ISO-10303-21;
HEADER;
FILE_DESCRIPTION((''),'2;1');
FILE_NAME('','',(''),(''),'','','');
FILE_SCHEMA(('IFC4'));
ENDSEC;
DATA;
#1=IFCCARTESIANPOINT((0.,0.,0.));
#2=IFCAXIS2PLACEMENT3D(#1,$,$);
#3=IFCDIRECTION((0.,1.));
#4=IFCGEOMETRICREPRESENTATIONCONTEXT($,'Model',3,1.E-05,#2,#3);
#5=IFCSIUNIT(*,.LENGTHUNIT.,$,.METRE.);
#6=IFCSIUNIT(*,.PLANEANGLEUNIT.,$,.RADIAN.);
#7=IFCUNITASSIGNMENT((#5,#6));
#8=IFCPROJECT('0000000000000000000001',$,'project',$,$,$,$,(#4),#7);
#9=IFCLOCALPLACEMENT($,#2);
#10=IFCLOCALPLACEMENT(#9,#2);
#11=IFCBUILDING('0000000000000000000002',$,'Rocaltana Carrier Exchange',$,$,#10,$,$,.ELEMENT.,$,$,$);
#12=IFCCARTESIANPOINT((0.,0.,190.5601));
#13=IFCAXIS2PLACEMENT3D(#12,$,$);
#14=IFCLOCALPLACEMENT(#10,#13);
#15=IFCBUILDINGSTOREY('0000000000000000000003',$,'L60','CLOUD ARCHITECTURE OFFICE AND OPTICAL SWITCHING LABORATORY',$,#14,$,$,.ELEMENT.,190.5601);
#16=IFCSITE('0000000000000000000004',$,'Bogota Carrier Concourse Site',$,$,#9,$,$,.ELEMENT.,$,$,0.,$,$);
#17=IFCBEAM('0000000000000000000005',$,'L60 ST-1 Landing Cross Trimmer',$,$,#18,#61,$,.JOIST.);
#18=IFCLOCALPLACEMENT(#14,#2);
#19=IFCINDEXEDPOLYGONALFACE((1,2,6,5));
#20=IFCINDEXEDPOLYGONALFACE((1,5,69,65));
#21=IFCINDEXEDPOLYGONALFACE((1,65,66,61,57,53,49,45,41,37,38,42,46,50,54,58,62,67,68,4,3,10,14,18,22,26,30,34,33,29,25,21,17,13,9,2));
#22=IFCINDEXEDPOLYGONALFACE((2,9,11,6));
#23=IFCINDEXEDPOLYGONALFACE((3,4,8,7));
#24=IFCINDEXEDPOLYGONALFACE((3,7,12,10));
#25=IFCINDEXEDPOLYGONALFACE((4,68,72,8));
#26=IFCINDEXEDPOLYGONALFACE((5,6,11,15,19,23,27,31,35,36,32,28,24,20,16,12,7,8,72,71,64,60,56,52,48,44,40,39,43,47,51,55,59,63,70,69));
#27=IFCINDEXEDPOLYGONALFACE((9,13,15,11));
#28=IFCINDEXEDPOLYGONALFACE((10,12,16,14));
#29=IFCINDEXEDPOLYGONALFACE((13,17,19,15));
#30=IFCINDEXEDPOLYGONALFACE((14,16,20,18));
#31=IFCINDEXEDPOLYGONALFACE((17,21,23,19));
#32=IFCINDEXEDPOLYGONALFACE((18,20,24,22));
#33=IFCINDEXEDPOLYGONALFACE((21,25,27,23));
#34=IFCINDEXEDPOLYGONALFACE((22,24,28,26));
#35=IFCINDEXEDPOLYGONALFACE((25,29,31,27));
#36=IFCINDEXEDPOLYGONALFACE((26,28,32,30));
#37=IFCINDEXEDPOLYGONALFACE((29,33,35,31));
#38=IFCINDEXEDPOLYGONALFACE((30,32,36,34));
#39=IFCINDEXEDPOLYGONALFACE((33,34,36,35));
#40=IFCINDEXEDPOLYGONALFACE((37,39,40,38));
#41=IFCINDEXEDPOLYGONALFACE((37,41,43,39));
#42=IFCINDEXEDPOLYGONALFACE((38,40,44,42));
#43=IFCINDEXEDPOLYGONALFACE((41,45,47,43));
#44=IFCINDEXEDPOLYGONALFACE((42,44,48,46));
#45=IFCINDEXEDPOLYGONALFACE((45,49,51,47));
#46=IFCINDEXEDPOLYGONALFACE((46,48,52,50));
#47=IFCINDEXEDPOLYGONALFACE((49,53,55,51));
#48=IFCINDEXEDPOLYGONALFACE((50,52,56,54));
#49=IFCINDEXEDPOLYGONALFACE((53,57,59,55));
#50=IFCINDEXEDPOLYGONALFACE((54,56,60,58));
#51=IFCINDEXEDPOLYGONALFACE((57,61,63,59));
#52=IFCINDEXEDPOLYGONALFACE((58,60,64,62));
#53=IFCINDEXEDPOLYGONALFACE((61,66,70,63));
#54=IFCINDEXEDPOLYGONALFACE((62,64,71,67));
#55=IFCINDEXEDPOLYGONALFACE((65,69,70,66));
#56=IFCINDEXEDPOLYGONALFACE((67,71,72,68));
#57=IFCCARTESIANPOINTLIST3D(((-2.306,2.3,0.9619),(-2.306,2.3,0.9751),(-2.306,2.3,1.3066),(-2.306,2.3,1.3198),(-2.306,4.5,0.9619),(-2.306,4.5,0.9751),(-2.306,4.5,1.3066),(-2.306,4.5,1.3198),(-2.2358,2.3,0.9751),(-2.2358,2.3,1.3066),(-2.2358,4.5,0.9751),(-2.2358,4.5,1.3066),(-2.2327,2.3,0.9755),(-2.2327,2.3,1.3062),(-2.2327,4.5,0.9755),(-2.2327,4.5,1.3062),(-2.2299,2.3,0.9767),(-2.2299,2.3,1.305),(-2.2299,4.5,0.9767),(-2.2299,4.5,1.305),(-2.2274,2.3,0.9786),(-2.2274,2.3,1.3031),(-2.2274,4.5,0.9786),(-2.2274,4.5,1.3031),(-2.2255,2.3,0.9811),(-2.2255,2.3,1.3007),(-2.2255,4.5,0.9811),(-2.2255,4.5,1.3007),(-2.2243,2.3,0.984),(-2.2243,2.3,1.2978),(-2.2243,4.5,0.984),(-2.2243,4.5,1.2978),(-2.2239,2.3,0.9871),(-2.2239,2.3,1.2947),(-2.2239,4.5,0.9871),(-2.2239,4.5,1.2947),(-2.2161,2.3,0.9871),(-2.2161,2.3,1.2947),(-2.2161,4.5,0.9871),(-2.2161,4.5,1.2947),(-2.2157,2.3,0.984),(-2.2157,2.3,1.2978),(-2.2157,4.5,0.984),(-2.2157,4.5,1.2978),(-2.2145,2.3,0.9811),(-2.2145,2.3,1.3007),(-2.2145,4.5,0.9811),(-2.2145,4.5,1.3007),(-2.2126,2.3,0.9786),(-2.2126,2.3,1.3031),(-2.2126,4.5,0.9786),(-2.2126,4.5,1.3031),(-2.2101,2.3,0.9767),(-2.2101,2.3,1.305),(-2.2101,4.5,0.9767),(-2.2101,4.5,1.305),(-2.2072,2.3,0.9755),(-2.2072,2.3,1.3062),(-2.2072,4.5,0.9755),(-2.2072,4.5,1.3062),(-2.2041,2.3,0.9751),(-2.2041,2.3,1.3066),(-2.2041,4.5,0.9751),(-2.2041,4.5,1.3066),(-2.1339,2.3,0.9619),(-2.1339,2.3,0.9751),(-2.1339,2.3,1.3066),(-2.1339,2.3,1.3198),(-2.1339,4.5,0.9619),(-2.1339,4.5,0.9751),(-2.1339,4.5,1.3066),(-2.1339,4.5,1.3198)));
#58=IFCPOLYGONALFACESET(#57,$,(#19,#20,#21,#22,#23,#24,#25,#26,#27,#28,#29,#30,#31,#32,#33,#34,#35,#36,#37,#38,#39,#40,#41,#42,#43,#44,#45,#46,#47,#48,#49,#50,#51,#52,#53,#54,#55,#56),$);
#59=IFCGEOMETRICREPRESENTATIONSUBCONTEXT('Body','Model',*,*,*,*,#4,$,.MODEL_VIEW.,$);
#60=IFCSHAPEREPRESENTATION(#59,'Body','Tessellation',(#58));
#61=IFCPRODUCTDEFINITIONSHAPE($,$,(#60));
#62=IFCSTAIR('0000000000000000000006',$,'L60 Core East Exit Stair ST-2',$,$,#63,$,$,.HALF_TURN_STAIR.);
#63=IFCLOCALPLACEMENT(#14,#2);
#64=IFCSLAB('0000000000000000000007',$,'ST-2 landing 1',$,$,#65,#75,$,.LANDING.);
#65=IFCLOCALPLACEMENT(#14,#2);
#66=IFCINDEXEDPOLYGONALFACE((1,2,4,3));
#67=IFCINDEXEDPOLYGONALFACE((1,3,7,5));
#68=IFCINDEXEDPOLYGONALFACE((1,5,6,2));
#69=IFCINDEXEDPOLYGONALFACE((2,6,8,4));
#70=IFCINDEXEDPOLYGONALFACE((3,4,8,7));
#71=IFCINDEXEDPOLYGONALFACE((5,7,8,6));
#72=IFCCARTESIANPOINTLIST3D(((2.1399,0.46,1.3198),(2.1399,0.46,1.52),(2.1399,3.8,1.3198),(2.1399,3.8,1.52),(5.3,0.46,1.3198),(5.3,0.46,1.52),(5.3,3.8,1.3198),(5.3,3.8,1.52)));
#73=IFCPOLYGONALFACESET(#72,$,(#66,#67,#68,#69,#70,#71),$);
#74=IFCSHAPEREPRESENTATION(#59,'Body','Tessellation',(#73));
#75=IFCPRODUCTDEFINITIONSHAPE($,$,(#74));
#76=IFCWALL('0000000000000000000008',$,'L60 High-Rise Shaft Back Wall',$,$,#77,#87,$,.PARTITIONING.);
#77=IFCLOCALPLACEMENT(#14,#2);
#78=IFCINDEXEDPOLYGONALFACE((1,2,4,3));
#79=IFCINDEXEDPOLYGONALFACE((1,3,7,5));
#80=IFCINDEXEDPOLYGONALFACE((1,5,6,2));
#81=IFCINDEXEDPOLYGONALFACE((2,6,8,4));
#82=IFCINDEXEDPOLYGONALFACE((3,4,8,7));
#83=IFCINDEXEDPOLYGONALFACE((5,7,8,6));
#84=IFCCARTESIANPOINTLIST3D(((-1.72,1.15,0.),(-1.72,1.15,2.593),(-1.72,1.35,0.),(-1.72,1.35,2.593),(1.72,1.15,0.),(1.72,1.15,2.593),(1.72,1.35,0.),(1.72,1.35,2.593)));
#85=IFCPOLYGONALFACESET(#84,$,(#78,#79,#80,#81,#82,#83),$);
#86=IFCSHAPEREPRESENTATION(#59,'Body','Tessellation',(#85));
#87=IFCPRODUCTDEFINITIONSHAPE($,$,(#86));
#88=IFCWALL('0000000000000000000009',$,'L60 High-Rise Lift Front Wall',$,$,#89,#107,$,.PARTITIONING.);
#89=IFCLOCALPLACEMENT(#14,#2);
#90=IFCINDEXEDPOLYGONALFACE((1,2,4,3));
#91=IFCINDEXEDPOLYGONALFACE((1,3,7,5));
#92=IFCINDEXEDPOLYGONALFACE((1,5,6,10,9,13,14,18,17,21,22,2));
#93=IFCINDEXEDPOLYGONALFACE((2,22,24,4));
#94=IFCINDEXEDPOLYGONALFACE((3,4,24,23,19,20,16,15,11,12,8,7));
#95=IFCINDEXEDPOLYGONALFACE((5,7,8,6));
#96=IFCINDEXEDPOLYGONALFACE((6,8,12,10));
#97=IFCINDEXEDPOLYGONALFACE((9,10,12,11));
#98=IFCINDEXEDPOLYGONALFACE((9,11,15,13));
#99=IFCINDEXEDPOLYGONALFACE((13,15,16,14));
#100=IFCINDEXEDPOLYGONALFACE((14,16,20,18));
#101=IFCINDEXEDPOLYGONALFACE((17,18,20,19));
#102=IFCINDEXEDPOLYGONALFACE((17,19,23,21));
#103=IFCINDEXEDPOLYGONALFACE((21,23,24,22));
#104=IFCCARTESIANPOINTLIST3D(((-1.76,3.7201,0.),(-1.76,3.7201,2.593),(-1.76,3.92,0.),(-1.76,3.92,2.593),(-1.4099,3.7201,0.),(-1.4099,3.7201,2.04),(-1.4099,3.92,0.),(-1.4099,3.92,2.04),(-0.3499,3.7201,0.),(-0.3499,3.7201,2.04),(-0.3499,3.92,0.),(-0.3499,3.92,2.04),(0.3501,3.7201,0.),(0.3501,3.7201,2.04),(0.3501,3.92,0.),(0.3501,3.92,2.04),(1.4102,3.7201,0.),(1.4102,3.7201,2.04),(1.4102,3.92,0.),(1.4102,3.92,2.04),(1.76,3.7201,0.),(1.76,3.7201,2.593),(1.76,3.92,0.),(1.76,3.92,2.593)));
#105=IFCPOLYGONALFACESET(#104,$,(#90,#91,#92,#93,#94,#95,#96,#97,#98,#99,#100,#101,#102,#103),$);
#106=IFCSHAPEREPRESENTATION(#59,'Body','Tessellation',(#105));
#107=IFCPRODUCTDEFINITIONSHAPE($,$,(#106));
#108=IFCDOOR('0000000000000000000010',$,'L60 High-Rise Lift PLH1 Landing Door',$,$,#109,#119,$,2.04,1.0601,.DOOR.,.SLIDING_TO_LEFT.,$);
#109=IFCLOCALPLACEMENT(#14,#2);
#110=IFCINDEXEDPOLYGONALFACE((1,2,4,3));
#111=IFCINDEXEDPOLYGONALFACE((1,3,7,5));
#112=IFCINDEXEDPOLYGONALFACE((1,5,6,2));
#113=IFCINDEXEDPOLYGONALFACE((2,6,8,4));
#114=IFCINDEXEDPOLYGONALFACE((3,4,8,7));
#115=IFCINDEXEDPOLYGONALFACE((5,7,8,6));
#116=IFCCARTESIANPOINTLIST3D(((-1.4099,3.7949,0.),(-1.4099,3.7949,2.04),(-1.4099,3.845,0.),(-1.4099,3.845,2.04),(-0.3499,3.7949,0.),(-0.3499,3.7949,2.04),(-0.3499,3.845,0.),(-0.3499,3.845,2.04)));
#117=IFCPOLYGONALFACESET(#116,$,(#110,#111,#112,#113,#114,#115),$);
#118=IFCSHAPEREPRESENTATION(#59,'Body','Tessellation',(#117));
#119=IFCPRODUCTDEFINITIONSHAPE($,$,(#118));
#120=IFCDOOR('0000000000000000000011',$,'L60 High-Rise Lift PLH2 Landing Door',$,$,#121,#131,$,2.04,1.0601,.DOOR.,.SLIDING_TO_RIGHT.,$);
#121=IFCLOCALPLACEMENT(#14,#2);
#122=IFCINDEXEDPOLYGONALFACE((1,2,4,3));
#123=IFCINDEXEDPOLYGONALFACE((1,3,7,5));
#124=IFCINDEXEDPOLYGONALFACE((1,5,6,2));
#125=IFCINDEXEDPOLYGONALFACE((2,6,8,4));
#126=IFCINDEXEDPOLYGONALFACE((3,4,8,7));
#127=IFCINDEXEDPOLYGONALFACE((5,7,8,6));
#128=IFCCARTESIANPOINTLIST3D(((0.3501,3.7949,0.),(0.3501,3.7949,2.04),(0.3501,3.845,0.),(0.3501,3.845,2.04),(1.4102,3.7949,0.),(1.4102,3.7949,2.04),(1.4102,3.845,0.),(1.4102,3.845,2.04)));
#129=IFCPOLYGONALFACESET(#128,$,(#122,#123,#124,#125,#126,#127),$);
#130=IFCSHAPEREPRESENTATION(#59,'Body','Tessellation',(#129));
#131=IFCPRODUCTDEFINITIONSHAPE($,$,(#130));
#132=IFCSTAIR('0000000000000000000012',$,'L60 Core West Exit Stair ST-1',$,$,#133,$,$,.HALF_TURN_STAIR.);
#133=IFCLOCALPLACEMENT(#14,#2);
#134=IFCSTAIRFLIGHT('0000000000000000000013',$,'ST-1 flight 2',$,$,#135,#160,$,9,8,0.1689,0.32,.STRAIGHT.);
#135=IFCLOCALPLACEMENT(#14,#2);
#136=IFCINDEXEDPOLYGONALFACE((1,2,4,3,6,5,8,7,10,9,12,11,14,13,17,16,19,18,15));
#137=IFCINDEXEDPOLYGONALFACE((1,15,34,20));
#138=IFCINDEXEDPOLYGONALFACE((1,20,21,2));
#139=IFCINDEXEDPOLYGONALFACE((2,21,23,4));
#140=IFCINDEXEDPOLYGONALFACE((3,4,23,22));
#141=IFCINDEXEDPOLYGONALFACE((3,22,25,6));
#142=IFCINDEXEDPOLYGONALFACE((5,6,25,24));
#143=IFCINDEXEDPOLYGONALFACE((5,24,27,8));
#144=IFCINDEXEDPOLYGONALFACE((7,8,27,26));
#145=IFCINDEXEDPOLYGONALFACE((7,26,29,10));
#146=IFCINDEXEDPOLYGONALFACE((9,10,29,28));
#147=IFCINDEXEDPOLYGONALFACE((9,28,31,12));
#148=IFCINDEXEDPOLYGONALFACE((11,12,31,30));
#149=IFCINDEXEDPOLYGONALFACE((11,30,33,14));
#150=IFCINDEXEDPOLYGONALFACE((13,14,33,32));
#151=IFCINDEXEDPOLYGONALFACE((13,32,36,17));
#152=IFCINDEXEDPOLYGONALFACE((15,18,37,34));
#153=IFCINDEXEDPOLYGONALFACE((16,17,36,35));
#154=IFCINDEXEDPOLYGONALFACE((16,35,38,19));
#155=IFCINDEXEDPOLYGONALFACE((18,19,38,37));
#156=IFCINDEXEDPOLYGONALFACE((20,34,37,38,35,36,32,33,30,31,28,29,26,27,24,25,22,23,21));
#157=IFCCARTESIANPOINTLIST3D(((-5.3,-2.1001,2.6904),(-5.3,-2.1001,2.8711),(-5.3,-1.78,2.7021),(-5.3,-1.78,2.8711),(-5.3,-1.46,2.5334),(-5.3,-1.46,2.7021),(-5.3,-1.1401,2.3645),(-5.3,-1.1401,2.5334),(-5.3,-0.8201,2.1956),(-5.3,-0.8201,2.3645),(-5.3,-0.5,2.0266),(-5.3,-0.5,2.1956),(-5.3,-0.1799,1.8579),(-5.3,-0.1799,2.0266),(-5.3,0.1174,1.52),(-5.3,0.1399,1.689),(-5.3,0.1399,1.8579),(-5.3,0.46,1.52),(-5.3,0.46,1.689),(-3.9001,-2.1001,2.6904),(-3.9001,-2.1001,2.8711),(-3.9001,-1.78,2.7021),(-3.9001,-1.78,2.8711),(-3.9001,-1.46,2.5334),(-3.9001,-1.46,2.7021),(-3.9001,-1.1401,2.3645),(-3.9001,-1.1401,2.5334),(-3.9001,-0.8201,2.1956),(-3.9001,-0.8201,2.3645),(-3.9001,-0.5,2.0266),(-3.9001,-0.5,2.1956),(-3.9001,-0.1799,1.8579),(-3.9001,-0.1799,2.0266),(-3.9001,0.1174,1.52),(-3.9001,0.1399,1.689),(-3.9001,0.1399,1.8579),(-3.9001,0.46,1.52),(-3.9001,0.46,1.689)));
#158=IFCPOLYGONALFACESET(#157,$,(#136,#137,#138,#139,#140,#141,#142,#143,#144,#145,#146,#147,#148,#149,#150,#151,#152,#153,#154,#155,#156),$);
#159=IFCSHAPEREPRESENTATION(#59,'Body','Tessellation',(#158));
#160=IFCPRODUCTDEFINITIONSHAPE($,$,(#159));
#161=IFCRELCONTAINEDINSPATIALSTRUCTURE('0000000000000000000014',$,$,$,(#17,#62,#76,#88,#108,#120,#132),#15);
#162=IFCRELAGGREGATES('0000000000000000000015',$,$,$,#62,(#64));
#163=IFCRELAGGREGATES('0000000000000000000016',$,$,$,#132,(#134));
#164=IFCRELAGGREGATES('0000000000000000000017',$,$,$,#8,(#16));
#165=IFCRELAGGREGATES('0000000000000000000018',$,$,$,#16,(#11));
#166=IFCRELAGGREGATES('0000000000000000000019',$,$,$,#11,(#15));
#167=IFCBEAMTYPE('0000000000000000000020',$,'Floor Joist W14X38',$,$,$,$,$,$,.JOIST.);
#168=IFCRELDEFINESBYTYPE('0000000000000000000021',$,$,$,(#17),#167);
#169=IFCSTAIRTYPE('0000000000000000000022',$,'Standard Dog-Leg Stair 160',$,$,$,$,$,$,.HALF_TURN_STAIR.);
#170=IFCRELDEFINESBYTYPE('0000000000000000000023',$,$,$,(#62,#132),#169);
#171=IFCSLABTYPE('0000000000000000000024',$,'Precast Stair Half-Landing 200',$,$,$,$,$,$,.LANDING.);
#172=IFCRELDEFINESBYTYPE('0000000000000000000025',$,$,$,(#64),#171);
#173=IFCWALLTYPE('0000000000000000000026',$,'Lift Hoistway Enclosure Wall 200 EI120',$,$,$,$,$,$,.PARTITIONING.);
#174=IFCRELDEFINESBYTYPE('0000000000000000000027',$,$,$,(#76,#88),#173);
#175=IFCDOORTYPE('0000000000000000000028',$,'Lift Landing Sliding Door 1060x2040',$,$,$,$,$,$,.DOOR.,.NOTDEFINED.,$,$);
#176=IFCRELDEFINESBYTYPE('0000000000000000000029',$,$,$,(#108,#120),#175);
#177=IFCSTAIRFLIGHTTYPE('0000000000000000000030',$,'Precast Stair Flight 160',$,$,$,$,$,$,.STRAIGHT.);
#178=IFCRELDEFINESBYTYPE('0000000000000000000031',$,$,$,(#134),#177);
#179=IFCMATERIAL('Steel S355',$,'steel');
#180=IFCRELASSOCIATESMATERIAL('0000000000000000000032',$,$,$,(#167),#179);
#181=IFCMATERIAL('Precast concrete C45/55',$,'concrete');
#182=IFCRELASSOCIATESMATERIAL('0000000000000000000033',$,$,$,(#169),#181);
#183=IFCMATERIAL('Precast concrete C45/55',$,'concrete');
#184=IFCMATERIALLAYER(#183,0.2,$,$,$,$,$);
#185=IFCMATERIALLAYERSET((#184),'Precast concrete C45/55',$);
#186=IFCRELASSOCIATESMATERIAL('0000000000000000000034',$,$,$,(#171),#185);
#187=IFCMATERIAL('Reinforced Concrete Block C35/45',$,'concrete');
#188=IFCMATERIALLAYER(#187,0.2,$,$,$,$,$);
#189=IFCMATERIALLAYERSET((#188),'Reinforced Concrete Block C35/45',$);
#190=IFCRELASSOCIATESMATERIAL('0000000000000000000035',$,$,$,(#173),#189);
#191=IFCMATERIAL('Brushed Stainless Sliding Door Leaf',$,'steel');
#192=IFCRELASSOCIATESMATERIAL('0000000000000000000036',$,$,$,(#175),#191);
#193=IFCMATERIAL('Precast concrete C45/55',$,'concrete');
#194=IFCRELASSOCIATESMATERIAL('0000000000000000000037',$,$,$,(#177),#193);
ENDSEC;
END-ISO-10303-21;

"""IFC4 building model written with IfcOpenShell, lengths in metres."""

from ifc_helpers import new_model, si_unit, direction, frame, frame_2d, origin, origin_2d, place, context, subcontext, project, spatial, polyline, rectangle, i_section, outline, extrude, material, layer, layer_set, material_profile, profile_set, type_object, element, fill, aggregate, save


model = new_model("IFC4")

# Units and contexts
model_context = context("Model", 3, precision=1e-05, world=origin(), true_north=direction((0.0, 1.0)))
body_context = subcontext(model_context, "Body", "Model", "MODEL_VIEW")
ifc_project = project(units=[si_unit("LENGTHUNIT", "METRE"), si_unit("PLANEANGLEUNIT", "RADIAN")], contexts=[model_context])

# Site, building, storey
site_placement = place(None, origin())
site = spatial("IfcSite", under=ifc_project, at=site_placement, Name="Bogota Carrier Concourse Site", CompositionType="ELEMENT", RefElevation=0.0)
building_placement = place(site_placement, origin())
building = spatial("IfcBuilding", under=site, at=building_placement, Name="Rocaltana Carrier Exchange", CompositionType="ELEMENT")
storey_placement = place(building_placement, frame((0.0, 0.0, 190.5601)))
storey = spatial("IfcBuildingStorey", under=building, at=storey_placement, Name="L60", Description="CLOUD ARCHITECTURE OFFICE AND OPTICAL SWITCHING LABORATORY", CompositionType="ELEMENT", Elevation=190.5601)

# Beam
ifc_material_1 = material(Name="Steel S355", Category="steel")
ifc_material_profile = material_profile(ifc_material_1, i_section(OverallWidth=0.1721, OverallDepth=0.3579, WebThickness=0.0078, FlangeThickness=0.0132, FilletRadius=0.012, at=origin_2d()), Name="W14X38")
ifc_profile_set = profile_set([ifc_material_profile], Name="Steel S355")
beam_type = type_object("IfcBeamType", Name="Floor Joist W14X38", PredefinedType="JOIST", material=ifc_profile_set)
beam_placement = place(storey_placement, frame((-2.22, 2.3, 1.1409), z_axis=(0.0, 1.0, 0.0), x_axis=(-1.0, 0.0, 0.0)))
element("IfcBeam", 1, at=beam_placement, inside=storey, type_object=beam_type, Name="L60 ST-1 Landing Cross Trimmer", PredefinedType="JOIST", context=body_context, shape_type="SweptSolid", body=[
    extrude(i_section(OverallWidth=0.1721, OverallDepth=0.3579, WebThickness=0.0078, FlangeThickness=0.0132, FilletRadius=0.012, at=origin_2d()), origin(), (0.0, 0.0, 1.0), 2.2),
])

# Stair, slab
ifc_material_2 = material(Name="Precast concrete C45/55", Category="concrete")
stair_type = type_object("IfcStairType", Name="Standard Dog-Leg Stair 160", PredefinedType="HALF_TURN_STAIR", material=ifc_material_2)
stair_1_placement = place(storey_placement, origin())
stair_1 = element("IfcStair", 2, at=stair_1_placement, inside=storey, type_object=stair_type, Name="L60 Core East Exit Stair ST-2", PredefinedType="HALF_TURN_STAIR")
ifc_material_3 = material(Name="Precast concrete C45/55", Category="concrete")
ifc_layer_1 = layer(ifc_material_3, 0.2)
ifc_layer_set_1 = layer_set([ifc_layer_1], Name="Precast concrete C45/55")
slab_type = type_object("IfcSlabType", Name="Precast Stair Half-Landing 200", PredefinedType="LANDING", material=ifc_layer_set_1)
slab_placement = place(storey_placement, frame((0.0, 0.0, 1.3198)))
slab = element("IfcSlab", 3, at=slab_placement, type_object=slab_type, Name="ST-2 landing 1", PredefinedType="LANDING", context=body_context, shape_type="SweptSolid", body=[
    extrude(outline(polyline([(5.3, 0.46), (5.3, 3.8), (2.1399, 3.8), (2.1399, 0.46), (5.3, 0.46)])), origin(), (0.0, 0.0, 1.0), 0.2002),
])
aggregate(stair_1, [slab])

# Wall
ifc_material_4 = material(Name="Reinforced Concrete Block C35/45", Category="concrete")
ifc_layer_2 = layer(ifc_material_4, 0.2)
ifc_layer_set_2 = layer_set([ifc_layer_2], Name="Reinforced Concrete Block C35/45")
wall_type = type_object("IfcWallType", Name="Lift Hoistway Enclosure Wall 200 EI120", PredefinedType="PARTITIONING", material=ifc_layer_set_2)
wall_1_placement = place(storey_placement, frame((-1.72, 1.25, 0.0), z_axis=(0.0, 0.0, 1.0), x_axis=(1.0, 0.0, 0.0)))
element("IfcWall", 4, at=wall_1_placement, inside=storey, type_object=wall_type, Name="L60 High-Rise Shaft Back Wall", PredefinedType="PARTITIONING", context=body_context, shape_type="SweptSolid", body=[
    extrude(rectangle(XDim=3.4399, YDim=0.2, at=frame_2d((1.72, 0.0))), origin(), (0.0, 0.0, 1.0), 2.593),
])

# Wall, openings, doors
wall_2_placement = place(storey_placement, frame((-1.76, 3.8201, 0.0), z_axis=(0.0, 0.0, 1.0), x_axis=(1.0, 0.0, 0.0)))
wall_2 = element("IfcWall", 5, at=wall_2_placement, inside=storey, type_object=wall_type, Name="L60 High-Rise Lift Front Wall", PredefinedType="PARTITIONING", context=body_context, shape_type="SweptSolid", body=[
    extrude(rectangle(XDim=3.52, YDim=0.2, at=frame_2d((1.76, 0.0))), origin(), (0.0, 0.0, 1.0), 2.593),
])
opening_1_placement = place(wall_2_placement, frame((0.3501, 0.0, 0.0)))
opening_1 = element("IfcOpeningElement", 6, at=opening_1_placement, cuts=wall_2, PredefinedType="OPENING", context=body_context, shape_type="SweptSolid", body=[
    extrude(rectangle(XDim=1.0601, YDim=2.04, at=frame_2d((0.53, 1.02))), frame((0.0, 0.1099, 0.0), z_axis=(0.0, -1.0, 0.0), x_axis=(1.0, 0.0, 0.0)), (0.0, 0.0, 1.0), 0.22),
])
opening_2_placement = place(wall_2_placement, frame((2.1101, 0.0, 0.0)))
opening_2 = element("IfcOpeningElement", 7, at=opening_2_placement, cuts=wall_2, PredefinedType="OPENING", context=body_context, shape_type="SweptSolid", body=[
    extrude(rectangle(XDim=1.0601, YDim=2.04, at=frame_2d((0.53, 1.02))), frame((0.0, 0.1099, 0.0), z_axis=(0.0, -1.0, 0.0), x_axis=(1.0, 0.0, 0.0)), (0.0, 0.0, 1.0), 0.22),
])
ifc_material_5 = material(Name="Brushed Stainless Sliding Door Leaf", Category="steel")
door_type = type_object("IfcDoorType", Name="Lift Landing Sliding Door 1060x2040", OperationType="NOTDEFINED", PredefinedType="DOOR", material=ifc_material_5)
door_1_placement = place(opening_1_placement, origin())
door_1 = element("IfcDoor", 8, at=door_1_placement, inside=storey, type_object=door_type, Name="L60 High-Rise Lift PLH1 Landing Door", OperationType="SLIDING_TO_LEFT", OverallHeight=2.04, OverallWidth=1.0601, PredefinedType="DOOR", context=body_context, shape_type="SweptSolid", body=[
    extrude(rectangle(XDim=1.0601, YDim=2.04, at=frame_2d((0.53, 1.02))), frame((0.0, 0.0249, 0.0), z_axis=(0.0, -1.0, 0.0), x_axis=(1.0, 0.0, 0.0)), (0.0, 0.0, 1.0), 0.05),
])
fill(opening_1, door_1)
door_2_placement = place(opening_2_placement, origin())
door_2 = element("IfcDoor", 9, at=door_2_placement, inside=storey, type_object=door_type, Name="L60 High-Rise Lift PLH2 Landing Door", OperationType="SLIDING_TO_RIGHT", OverallHeight=2.04, OverallWidth=1.0601, PredefinedType="DOOR", context=body_context, shape_type="SweptSolid", body=[
    extrude(rectangle(XDim=1.0601, YDim=2.04, at=frame_2d((0.53, 1.02))), frame((0.0, 0.0249, 0.0), z_axis=(0.0, -1.0, 0.0), x_axis=(1.0, 0.0, 0.0)), (0.0, 0.0, 1.0), 0.05),
])
fill(opening_2, door_2)

# Stair, stair flight
stair_2_placement = place(storey_placement, origin())
stair_2 = element("IfcStair", 10, at=stair_2_placement, inside=storey, type_object=stair_type, Name="L60 Core West Exit Stair ST-1", PredefinedType="HALF_TURN_STAIR")
ifc_material_6 = material(Name="Precast concrete C45/55", Category="concrete")
stair_flight_type = type_object("IfcStairFlightType", Name="Precast Stair Flight 160", PredefinedType="STRAIGHT", material=ifc_material_6)
stair_flight_placement = place(storey_placement, frame((-4.6001, 0.46, 1.52), z_axis=(0.0, 0.0, 1.0), x_axis=(0.0, -1.0, 0.0)))
stair_flight = element("IfcStairFlight", 11, at=stair_flight_placement, type_object=stair_flight_type, Name="ST-1 flight 2", NumberOfRisers=9, NumberOfTreads=8, PredefinedType="STRAIGHT", RiserHeight=0.1689, TreadLength=0.32, context=body_context, shape_type="SweptSolid", body=[
    extrude(outline(polyline([(0.0, 0.0), (0.0, 0.1689), (0.3201, 0.1689), (0.3201, 0.3379), (0.6399, 0.3379), (0.6399, 0.5066), (0.96, 0.5066), (0.96, 0.6755), (1.28, 0.6755), (1.28, 0.8445), (1.6001, 0.8445), (1.6001, 1.0134), (1.9199, 1.0134), (1.9199, 1.1821), (2.24, 1.1821), (2.24, 1.3511), (2.5601, 1.3511), (2.5601, 1.52), (2.5601, 1.1704), (0.3425, 0.0), (0.0, 0.0)])), frame((0.0, 0.7, 0.0), z_axis=(0.0, -1.0, 0.0), x_axis=(1.0, 0.0, 0.0)), (0.0, 0.0, 1.0), 1.3999),
])
aggregate(stair_2, [stair_flight])

save(model, "model.ifc")
